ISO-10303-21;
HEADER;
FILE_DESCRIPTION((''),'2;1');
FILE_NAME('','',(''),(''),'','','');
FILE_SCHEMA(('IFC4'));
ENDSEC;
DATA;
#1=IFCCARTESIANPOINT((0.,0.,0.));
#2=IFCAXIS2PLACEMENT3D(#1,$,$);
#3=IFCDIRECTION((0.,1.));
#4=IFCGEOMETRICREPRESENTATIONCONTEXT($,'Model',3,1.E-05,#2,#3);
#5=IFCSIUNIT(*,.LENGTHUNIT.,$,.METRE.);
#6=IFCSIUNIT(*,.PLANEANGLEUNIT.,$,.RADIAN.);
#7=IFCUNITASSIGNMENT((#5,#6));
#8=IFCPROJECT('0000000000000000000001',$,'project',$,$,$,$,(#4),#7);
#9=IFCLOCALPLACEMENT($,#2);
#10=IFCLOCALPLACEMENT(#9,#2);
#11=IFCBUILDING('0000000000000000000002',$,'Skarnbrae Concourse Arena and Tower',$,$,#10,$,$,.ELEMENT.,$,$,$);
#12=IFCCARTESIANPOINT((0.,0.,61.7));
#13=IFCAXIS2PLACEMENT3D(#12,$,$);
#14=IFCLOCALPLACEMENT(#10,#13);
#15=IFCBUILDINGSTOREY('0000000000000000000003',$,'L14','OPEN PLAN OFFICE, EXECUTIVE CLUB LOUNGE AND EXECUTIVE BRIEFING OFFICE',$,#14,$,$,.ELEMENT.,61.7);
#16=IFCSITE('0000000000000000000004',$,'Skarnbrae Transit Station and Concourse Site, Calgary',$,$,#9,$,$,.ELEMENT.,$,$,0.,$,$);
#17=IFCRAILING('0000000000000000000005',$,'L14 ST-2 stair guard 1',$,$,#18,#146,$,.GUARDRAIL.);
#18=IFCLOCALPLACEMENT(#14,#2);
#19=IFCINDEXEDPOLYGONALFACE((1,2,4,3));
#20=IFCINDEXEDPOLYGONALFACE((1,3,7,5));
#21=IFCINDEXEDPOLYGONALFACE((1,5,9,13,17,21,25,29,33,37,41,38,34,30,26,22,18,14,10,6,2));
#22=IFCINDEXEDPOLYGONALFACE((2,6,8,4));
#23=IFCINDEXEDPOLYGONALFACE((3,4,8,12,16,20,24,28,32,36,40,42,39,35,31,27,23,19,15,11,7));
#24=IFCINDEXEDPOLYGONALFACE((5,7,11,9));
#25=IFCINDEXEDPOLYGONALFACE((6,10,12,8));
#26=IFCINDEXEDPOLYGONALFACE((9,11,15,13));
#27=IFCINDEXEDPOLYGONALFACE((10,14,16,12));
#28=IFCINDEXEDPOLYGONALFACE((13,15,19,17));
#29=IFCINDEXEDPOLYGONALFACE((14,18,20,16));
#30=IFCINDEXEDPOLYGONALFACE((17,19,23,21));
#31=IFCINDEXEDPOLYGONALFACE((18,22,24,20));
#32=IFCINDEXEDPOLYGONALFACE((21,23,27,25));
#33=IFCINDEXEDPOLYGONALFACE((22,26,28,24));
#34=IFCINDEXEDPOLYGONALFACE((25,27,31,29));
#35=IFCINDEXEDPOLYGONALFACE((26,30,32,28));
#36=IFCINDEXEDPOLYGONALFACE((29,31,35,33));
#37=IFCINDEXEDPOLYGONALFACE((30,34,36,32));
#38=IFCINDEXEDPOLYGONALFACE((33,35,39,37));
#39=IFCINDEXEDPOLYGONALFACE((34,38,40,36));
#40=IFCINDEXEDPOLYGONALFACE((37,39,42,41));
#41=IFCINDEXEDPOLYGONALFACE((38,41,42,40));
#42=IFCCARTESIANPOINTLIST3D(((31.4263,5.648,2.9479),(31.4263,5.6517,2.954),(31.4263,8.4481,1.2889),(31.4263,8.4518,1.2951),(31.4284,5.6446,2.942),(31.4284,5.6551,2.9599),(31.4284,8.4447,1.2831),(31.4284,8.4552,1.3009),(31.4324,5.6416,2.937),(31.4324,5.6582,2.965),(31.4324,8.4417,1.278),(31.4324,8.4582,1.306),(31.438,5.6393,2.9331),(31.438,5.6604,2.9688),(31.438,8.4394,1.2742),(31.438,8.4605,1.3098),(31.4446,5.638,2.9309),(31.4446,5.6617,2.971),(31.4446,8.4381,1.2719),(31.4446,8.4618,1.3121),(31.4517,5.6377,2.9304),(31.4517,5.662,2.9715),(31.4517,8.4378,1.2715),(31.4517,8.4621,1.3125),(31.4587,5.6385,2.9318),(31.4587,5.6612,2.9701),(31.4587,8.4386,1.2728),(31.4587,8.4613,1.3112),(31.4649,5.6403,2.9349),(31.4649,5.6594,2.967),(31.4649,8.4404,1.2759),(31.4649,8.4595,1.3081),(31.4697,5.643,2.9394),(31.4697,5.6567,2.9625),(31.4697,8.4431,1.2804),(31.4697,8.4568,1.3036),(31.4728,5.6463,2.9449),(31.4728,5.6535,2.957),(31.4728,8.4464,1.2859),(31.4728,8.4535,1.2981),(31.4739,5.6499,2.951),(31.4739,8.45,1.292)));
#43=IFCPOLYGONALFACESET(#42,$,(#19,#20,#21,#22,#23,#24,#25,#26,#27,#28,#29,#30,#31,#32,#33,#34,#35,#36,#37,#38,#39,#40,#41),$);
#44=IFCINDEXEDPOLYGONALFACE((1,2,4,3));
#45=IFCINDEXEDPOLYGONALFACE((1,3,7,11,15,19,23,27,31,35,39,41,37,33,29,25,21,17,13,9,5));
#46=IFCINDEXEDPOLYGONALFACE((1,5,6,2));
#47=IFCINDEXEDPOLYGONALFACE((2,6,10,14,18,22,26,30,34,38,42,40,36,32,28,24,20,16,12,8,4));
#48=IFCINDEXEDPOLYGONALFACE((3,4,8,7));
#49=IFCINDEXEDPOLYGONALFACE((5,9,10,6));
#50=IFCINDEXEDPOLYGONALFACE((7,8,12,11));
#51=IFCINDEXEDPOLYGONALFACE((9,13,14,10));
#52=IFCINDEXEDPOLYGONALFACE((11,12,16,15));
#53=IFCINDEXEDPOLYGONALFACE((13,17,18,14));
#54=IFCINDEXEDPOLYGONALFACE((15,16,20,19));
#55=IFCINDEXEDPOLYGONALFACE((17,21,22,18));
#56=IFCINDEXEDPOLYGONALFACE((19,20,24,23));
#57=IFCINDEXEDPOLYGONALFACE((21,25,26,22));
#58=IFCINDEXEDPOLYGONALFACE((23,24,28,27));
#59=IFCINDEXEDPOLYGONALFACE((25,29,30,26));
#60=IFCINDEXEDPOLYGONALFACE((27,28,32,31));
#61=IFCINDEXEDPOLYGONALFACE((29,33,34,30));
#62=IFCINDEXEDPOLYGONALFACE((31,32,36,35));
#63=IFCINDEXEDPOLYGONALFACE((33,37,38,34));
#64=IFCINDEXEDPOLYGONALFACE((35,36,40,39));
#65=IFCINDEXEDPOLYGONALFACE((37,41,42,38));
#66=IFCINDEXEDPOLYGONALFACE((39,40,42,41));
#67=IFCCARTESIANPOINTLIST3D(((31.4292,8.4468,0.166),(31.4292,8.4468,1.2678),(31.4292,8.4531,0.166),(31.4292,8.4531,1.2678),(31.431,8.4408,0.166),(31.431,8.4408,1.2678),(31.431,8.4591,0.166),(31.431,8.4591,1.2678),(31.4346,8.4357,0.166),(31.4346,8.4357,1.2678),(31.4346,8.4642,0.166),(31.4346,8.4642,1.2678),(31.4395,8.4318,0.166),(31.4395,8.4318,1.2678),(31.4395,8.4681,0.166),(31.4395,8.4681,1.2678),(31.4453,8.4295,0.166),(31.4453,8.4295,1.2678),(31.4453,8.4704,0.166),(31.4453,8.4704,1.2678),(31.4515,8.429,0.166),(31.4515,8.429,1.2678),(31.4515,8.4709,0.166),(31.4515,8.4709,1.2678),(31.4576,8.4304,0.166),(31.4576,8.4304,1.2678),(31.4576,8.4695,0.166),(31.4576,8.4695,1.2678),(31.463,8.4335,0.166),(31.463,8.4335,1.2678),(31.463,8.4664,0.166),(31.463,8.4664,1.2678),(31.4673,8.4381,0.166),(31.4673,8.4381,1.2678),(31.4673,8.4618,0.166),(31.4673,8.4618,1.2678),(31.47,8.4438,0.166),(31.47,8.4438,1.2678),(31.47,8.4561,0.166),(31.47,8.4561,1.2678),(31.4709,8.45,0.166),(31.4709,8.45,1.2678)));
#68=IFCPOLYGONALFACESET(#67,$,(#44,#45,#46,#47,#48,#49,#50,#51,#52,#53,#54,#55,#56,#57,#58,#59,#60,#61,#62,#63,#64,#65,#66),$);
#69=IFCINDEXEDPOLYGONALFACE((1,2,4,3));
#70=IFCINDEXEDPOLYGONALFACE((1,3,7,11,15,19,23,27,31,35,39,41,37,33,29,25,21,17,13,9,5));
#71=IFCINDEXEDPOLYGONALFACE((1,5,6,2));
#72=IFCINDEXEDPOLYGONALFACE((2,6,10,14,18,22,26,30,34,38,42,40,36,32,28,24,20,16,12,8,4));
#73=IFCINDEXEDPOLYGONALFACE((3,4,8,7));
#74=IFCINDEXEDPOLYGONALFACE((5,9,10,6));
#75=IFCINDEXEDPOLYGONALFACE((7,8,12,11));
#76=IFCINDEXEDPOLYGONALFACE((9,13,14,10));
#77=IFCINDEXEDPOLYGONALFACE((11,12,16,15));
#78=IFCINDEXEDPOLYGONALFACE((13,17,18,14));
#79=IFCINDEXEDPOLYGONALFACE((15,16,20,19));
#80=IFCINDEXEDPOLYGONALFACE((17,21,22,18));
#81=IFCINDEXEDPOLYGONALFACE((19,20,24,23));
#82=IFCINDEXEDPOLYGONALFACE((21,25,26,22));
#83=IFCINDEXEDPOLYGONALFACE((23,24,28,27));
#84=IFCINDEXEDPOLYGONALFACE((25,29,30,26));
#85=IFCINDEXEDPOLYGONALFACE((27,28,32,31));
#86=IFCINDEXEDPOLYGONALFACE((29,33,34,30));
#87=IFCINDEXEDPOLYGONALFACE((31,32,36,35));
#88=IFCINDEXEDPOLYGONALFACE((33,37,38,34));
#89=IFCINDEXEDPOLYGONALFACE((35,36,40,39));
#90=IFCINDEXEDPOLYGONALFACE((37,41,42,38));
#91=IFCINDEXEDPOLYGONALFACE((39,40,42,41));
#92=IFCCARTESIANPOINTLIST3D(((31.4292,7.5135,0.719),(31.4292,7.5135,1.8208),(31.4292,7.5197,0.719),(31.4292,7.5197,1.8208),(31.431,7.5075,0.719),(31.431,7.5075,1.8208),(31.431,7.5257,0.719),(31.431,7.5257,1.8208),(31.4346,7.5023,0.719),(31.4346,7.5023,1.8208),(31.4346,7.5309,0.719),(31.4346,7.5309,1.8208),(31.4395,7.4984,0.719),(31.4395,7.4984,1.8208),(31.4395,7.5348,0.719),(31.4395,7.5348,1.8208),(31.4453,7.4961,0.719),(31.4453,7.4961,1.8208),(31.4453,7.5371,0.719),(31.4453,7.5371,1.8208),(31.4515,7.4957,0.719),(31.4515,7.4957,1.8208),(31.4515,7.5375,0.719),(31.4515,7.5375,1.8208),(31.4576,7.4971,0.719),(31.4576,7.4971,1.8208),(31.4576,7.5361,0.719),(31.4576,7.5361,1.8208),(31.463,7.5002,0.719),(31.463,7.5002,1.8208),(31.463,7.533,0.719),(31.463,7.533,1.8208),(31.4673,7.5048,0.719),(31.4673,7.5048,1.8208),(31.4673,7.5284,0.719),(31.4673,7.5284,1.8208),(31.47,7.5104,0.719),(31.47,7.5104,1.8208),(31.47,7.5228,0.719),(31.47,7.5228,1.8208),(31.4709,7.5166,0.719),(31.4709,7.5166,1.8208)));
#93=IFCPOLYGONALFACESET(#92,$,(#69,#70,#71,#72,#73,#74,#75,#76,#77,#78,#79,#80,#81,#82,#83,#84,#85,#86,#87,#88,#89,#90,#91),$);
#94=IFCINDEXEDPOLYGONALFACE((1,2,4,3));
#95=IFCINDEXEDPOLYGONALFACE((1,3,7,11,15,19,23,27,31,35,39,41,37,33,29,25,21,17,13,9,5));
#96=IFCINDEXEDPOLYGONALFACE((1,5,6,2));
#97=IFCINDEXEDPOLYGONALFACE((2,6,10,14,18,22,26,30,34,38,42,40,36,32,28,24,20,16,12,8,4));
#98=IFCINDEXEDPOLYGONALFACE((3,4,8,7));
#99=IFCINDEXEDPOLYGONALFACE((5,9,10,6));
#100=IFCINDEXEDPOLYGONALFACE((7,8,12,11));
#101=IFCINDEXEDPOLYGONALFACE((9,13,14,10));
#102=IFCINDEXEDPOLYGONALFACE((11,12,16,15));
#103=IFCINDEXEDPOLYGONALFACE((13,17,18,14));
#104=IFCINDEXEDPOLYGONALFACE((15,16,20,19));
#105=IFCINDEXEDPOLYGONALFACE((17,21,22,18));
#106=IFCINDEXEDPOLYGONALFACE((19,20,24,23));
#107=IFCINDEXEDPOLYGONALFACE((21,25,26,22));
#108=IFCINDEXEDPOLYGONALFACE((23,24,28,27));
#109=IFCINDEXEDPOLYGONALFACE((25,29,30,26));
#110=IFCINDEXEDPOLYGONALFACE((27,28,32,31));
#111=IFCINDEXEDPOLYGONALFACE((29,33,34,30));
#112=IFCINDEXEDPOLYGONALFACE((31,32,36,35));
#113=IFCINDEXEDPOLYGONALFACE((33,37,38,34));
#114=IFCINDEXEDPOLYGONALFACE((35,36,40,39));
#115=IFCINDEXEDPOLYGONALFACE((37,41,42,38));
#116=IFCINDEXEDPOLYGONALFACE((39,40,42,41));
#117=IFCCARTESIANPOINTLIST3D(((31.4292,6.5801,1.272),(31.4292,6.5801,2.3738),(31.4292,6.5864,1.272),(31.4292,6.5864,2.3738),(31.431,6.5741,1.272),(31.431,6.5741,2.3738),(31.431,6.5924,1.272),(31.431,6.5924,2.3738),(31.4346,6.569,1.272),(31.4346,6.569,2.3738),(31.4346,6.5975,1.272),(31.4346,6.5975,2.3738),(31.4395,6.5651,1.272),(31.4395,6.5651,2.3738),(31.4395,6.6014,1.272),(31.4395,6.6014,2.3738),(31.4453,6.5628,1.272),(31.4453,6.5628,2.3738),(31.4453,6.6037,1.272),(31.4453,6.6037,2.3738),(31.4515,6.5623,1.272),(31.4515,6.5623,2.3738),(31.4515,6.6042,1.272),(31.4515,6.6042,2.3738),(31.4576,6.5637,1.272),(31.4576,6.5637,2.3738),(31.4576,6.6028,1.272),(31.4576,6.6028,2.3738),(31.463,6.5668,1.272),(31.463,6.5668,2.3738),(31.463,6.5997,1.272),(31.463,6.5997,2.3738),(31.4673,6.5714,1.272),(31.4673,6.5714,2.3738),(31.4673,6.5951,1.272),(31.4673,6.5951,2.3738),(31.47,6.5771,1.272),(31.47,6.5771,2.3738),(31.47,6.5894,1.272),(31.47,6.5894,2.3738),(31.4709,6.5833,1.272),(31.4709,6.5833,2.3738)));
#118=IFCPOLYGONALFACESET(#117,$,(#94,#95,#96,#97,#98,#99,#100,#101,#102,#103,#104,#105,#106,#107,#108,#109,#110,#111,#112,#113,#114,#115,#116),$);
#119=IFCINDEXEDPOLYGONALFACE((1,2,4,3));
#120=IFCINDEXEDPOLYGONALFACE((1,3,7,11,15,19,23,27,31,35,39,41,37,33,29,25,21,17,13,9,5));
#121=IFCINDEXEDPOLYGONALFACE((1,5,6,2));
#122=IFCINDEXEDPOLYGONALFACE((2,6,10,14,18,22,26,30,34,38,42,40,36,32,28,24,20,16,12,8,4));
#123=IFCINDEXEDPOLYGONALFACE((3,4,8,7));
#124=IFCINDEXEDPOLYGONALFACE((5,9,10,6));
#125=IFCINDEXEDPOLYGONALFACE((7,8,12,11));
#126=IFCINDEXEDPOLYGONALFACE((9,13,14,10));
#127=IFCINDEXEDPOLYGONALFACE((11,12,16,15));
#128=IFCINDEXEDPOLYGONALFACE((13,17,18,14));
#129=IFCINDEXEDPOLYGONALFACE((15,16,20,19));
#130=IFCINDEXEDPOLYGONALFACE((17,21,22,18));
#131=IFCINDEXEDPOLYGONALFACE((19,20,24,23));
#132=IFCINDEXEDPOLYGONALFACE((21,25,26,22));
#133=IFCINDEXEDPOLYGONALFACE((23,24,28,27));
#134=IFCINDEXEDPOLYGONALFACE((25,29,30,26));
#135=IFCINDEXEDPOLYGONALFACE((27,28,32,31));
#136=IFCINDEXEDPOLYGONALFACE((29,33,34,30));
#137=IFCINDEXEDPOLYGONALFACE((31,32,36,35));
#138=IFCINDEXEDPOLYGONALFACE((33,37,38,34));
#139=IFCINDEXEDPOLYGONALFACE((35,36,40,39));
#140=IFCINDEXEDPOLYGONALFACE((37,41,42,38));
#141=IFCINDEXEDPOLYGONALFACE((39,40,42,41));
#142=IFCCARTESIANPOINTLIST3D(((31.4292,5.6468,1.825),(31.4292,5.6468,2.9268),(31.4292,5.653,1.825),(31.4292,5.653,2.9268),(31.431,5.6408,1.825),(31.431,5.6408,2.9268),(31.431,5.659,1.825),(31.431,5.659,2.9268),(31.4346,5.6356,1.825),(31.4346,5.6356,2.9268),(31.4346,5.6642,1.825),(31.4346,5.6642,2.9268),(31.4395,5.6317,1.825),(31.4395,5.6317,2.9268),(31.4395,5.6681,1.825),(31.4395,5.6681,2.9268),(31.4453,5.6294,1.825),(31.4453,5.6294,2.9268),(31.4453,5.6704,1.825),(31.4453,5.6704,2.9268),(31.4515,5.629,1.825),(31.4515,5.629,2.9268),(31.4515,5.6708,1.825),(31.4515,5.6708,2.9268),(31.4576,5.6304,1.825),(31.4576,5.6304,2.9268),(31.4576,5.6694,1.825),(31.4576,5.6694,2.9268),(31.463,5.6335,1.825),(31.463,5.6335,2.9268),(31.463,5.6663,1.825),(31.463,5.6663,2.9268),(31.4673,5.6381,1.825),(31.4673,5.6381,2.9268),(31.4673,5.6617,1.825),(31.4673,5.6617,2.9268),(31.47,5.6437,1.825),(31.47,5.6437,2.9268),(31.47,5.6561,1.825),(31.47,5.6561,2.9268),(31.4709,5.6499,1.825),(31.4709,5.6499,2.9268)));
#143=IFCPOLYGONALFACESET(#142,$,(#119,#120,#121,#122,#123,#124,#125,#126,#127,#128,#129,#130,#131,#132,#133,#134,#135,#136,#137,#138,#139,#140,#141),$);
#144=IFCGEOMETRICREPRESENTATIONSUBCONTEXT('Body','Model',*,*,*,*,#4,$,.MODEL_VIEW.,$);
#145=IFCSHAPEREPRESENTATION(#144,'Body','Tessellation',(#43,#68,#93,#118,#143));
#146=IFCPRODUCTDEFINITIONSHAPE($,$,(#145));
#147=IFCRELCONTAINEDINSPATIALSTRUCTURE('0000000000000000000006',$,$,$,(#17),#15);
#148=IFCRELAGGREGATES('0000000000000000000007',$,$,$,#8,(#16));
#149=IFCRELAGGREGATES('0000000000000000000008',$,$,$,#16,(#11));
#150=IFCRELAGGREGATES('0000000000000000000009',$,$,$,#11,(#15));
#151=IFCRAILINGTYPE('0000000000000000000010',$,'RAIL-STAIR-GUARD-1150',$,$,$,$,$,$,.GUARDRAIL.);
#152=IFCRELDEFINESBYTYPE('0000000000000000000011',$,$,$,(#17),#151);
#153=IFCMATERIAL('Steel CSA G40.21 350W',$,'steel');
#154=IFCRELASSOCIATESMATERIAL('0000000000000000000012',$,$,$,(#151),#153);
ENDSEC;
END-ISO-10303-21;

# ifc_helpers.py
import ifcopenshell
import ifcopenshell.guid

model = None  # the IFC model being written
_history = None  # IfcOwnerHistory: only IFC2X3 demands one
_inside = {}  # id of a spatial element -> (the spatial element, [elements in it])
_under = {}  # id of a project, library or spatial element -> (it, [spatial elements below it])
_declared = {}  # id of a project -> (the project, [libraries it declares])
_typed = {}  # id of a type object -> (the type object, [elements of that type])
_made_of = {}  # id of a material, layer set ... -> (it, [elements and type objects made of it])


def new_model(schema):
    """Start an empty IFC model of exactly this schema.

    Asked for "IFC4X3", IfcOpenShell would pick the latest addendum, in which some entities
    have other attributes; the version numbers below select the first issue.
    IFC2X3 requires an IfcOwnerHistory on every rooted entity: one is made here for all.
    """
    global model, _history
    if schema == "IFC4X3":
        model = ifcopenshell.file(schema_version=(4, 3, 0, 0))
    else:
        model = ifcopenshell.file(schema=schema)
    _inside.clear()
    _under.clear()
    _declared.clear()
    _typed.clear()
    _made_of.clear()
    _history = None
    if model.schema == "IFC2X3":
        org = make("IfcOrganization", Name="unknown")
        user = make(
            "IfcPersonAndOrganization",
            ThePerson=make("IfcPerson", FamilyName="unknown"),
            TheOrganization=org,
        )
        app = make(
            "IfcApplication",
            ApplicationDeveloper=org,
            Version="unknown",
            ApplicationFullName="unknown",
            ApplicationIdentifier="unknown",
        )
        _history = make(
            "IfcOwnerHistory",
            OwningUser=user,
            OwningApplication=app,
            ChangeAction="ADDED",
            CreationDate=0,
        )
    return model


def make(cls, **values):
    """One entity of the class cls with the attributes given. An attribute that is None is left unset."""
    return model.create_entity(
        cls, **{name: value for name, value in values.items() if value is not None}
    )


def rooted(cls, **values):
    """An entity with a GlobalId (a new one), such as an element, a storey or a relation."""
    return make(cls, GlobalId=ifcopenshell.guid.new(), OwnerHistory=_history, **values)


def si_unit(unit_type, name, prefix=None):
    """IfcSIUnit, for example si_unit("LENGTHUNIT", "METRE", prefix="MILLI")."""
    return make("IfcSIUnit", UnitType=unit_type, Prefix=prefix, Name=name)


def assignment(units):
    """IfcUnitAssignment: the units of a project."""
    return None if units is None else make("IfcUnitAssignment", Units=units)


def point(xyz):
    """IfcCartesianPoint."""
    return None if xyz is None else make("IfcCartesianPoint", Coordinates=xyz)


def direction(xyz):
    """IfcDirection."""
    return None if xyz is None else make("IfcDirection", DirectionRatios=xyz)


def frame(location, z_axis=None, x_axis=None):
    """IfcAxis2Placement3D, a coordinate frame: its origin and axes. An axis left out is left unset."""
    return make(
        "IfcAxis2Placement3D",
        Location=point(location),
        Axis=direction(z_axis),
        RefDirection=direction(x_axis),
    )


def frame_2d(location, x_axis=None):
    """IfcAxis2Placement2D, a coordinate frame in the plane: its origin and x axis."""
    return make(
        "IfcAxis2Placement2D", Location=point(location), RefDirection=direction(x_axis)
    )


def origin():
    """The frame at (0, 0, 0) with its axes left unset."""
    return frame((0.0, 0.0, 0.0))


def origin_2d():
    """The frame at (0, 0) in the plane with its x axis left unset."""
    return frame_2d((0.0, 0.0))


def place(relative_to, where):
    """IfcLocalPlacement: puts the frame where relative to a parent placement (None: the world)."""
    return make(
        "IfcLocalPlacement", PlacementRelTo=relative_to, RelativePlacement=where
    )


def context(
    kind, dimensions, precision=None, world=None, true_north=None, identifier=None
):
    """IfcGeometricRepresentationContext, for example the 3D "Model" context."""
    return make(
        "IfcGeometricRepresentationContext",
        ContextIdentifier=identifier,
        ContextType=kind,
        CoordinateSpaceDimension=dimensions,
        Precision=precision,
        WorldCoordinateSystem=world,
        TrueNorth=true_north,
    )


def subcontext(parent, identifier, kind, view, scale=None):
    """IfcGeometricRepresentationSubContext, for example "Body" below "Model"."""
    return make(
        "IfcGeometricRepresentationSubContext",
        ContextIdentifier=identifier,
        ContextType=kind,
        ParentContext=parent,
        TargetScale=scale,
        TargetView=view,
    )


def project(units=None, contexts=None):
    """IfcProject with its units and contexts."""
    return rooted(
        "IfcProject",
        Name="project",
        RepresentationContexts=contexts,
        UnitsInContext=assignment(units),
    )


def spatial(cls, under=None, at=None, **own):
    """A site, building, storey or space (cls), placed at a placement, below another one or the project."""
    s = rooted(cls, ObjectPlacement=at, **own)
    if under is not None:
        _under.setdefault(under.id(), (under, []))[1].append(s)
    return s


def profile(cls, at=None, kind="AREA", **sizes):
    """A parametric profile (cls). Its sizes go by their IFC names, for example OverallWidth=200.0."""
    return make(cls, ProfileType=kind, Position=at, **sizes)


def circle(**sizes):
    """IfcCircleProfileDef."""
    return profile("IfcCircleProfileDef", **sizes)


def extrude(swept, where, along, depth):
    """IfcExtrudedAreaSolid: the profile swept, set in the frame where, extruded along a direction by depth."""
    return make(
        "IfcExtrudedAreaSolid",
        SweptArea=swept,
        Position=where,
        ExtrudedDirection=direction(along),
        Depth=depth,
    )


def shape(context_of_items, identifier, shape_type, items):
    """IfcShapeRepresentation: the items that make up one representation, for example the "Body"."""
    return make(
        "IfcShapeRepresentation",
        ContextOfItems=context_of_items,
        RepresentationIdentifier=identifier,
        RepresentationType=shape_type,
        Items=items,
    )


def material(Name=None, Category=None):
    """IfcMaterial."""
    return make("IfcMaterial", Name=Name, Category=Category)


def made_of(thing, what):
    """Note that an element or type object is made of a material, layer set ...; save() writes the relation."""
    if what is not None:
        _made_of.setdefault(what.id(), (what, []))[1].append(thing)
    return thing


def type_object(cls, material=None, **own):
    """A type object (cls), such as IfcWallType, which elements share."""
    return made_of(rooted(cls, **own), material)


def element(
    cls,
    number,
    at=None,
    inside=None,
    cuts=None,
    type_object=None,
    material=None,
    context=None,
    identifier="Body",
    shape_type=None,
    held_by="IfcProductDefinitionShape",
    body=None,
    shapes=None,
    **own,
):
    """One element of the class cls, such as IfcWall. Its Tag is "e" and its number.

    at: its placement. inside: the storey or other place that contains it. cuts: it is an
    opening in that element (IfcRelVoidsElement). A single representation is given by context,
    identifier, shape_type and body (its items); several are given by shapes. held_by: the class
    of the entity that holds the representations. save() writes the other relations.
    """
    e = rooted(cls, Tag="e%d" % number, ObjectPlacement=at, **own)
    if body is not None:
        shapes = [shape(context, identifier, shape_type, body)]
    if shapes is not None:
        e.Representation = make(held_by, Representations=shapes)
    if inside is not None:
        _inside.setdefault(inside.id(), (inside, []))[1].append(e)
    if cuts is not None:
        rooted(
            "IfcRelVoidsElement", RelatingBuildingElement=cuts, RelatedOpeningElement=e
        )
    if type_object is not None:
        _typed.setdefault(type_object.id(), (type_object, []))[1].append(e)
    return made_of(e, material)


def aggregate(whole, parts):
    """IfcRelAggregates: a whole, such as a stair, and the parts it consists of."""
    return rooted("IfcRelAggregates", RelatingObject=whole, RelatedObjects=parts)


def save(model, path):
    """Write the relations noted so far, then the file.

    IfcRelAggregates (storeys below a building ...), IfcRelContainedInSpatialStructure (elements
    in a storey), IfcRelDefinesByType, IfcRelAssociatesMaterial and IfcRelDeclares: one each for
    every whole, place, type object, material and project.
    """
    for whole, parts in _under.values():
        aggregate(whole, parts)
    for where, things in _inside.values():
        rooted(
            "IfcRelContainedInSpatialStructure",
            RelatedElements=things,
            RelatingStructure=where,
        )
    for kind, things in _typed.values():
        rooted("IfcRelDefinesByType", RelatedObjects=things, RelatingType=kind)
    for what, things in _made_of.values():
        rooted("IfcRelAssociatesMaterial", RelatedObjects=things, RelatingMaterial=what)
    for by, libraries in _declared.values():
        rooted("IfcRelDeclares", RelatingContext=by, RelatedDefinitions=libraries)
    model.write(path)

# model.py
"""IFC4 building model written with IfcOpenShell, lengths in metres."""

from ifc_helpers import new_model, si_unit, direction, frame, origin, origin_2d, place, context, subcontext, project, spatial, circle, extrude, material, type_object, element, save


model = new_model("IFC4")

# Units and contexts
model_context = context("Model", 3, precision=1e-05, world=origin(), true_north=direction((0.0, 1.0)))
body_context = subcontext(model_context, "Body", "Model", "MODEL_VIEW")
ifc_project = project(units=[si_unit("LENGTHUNIT", "METRE"), si_unit("PLANEANGLEUNIT", "RADIAN")], contexts=[model_context])

# Site, building, storey
site_placement = place(None, origin())
site = spatial("IfcSite", under=ifc_project, at=site_placement, Name="Skarnbrae Transit Station and Concourse Site, Calgary", CompositionType="ELEMENT", RefElevation=0.0)
building_placement = place(site_placement, origin())
building = spatial("IfcBuilding", under=site, at=building_placement, Name="Skarnbrae Concourse Arena and Tower", CompositionType="ELEMENT")
storey_placement = place(building_placement, frame((0.0, 0.0, 61.7)))
storey = spatial("IfcBuildingStorey", under=building, at=storey_placement, Name="L14", Description="OPEN PLAN OFFICE, EXECUTIVE CLUB LOUNGE AND EXECUTIVE BRIEFING OFFICE", CompositionType="ELEMENT", Elevation=61.7)

# Shared definitions
ifc_material_1 = material(Name="Steel CSA G40.21 350W", Category="steel")

# Railing
railing_type_1 = type_object("IfcRailingType", Name="RAIL-STAIR-GUARD-1150", PredefinedType="GUARDRAIL", material=ifc_material_1)
railing_1_placement = place(storey_placement, frame((31.45, 8.45, 0.166)))
element("IfcRailing", 1, at=railing_1_placement, inside=storey, type_object=railing_type_1, Name="L14 ST-2 stair guard 1", PredefinedType="GUARDRAIL", context=body_context, shape_type="SweptSolid", body=[
    extrude(circle(Radius=0.0239, at=origin_2d()), frame((0.0, 0.0, 1.126), z_axis=(0.0, -0.860339, 0.509722), x_axis=(1.0, 0.0, 0.0)), (0.0, 0.0, 1.0), 3.2546),
    extrude(circle(Radius=0.021, at=origin_2d()), origin(), (0.0, 0.0, 1.0), 1.1018),
    extrude(circle(Radius=0.021, at=origin_2d()), frame((0.0, -0.9333, 0.553)), (0.0, 0.0, 1.0), 1.1018),
    extrude(circle(Radius=0.021, at=origin_2d()), frame((0.0, -1.8667, 1.106)), (0.0, 0.0, 1.0), 1.1018),
    extrude(circle(Radius=0.021, at=origin_2d()), frame((0.0, -2.8, 1.6589)), (0.0, 0.0, 1.0), 1.1018),
])

save(model, "model.ifc")
